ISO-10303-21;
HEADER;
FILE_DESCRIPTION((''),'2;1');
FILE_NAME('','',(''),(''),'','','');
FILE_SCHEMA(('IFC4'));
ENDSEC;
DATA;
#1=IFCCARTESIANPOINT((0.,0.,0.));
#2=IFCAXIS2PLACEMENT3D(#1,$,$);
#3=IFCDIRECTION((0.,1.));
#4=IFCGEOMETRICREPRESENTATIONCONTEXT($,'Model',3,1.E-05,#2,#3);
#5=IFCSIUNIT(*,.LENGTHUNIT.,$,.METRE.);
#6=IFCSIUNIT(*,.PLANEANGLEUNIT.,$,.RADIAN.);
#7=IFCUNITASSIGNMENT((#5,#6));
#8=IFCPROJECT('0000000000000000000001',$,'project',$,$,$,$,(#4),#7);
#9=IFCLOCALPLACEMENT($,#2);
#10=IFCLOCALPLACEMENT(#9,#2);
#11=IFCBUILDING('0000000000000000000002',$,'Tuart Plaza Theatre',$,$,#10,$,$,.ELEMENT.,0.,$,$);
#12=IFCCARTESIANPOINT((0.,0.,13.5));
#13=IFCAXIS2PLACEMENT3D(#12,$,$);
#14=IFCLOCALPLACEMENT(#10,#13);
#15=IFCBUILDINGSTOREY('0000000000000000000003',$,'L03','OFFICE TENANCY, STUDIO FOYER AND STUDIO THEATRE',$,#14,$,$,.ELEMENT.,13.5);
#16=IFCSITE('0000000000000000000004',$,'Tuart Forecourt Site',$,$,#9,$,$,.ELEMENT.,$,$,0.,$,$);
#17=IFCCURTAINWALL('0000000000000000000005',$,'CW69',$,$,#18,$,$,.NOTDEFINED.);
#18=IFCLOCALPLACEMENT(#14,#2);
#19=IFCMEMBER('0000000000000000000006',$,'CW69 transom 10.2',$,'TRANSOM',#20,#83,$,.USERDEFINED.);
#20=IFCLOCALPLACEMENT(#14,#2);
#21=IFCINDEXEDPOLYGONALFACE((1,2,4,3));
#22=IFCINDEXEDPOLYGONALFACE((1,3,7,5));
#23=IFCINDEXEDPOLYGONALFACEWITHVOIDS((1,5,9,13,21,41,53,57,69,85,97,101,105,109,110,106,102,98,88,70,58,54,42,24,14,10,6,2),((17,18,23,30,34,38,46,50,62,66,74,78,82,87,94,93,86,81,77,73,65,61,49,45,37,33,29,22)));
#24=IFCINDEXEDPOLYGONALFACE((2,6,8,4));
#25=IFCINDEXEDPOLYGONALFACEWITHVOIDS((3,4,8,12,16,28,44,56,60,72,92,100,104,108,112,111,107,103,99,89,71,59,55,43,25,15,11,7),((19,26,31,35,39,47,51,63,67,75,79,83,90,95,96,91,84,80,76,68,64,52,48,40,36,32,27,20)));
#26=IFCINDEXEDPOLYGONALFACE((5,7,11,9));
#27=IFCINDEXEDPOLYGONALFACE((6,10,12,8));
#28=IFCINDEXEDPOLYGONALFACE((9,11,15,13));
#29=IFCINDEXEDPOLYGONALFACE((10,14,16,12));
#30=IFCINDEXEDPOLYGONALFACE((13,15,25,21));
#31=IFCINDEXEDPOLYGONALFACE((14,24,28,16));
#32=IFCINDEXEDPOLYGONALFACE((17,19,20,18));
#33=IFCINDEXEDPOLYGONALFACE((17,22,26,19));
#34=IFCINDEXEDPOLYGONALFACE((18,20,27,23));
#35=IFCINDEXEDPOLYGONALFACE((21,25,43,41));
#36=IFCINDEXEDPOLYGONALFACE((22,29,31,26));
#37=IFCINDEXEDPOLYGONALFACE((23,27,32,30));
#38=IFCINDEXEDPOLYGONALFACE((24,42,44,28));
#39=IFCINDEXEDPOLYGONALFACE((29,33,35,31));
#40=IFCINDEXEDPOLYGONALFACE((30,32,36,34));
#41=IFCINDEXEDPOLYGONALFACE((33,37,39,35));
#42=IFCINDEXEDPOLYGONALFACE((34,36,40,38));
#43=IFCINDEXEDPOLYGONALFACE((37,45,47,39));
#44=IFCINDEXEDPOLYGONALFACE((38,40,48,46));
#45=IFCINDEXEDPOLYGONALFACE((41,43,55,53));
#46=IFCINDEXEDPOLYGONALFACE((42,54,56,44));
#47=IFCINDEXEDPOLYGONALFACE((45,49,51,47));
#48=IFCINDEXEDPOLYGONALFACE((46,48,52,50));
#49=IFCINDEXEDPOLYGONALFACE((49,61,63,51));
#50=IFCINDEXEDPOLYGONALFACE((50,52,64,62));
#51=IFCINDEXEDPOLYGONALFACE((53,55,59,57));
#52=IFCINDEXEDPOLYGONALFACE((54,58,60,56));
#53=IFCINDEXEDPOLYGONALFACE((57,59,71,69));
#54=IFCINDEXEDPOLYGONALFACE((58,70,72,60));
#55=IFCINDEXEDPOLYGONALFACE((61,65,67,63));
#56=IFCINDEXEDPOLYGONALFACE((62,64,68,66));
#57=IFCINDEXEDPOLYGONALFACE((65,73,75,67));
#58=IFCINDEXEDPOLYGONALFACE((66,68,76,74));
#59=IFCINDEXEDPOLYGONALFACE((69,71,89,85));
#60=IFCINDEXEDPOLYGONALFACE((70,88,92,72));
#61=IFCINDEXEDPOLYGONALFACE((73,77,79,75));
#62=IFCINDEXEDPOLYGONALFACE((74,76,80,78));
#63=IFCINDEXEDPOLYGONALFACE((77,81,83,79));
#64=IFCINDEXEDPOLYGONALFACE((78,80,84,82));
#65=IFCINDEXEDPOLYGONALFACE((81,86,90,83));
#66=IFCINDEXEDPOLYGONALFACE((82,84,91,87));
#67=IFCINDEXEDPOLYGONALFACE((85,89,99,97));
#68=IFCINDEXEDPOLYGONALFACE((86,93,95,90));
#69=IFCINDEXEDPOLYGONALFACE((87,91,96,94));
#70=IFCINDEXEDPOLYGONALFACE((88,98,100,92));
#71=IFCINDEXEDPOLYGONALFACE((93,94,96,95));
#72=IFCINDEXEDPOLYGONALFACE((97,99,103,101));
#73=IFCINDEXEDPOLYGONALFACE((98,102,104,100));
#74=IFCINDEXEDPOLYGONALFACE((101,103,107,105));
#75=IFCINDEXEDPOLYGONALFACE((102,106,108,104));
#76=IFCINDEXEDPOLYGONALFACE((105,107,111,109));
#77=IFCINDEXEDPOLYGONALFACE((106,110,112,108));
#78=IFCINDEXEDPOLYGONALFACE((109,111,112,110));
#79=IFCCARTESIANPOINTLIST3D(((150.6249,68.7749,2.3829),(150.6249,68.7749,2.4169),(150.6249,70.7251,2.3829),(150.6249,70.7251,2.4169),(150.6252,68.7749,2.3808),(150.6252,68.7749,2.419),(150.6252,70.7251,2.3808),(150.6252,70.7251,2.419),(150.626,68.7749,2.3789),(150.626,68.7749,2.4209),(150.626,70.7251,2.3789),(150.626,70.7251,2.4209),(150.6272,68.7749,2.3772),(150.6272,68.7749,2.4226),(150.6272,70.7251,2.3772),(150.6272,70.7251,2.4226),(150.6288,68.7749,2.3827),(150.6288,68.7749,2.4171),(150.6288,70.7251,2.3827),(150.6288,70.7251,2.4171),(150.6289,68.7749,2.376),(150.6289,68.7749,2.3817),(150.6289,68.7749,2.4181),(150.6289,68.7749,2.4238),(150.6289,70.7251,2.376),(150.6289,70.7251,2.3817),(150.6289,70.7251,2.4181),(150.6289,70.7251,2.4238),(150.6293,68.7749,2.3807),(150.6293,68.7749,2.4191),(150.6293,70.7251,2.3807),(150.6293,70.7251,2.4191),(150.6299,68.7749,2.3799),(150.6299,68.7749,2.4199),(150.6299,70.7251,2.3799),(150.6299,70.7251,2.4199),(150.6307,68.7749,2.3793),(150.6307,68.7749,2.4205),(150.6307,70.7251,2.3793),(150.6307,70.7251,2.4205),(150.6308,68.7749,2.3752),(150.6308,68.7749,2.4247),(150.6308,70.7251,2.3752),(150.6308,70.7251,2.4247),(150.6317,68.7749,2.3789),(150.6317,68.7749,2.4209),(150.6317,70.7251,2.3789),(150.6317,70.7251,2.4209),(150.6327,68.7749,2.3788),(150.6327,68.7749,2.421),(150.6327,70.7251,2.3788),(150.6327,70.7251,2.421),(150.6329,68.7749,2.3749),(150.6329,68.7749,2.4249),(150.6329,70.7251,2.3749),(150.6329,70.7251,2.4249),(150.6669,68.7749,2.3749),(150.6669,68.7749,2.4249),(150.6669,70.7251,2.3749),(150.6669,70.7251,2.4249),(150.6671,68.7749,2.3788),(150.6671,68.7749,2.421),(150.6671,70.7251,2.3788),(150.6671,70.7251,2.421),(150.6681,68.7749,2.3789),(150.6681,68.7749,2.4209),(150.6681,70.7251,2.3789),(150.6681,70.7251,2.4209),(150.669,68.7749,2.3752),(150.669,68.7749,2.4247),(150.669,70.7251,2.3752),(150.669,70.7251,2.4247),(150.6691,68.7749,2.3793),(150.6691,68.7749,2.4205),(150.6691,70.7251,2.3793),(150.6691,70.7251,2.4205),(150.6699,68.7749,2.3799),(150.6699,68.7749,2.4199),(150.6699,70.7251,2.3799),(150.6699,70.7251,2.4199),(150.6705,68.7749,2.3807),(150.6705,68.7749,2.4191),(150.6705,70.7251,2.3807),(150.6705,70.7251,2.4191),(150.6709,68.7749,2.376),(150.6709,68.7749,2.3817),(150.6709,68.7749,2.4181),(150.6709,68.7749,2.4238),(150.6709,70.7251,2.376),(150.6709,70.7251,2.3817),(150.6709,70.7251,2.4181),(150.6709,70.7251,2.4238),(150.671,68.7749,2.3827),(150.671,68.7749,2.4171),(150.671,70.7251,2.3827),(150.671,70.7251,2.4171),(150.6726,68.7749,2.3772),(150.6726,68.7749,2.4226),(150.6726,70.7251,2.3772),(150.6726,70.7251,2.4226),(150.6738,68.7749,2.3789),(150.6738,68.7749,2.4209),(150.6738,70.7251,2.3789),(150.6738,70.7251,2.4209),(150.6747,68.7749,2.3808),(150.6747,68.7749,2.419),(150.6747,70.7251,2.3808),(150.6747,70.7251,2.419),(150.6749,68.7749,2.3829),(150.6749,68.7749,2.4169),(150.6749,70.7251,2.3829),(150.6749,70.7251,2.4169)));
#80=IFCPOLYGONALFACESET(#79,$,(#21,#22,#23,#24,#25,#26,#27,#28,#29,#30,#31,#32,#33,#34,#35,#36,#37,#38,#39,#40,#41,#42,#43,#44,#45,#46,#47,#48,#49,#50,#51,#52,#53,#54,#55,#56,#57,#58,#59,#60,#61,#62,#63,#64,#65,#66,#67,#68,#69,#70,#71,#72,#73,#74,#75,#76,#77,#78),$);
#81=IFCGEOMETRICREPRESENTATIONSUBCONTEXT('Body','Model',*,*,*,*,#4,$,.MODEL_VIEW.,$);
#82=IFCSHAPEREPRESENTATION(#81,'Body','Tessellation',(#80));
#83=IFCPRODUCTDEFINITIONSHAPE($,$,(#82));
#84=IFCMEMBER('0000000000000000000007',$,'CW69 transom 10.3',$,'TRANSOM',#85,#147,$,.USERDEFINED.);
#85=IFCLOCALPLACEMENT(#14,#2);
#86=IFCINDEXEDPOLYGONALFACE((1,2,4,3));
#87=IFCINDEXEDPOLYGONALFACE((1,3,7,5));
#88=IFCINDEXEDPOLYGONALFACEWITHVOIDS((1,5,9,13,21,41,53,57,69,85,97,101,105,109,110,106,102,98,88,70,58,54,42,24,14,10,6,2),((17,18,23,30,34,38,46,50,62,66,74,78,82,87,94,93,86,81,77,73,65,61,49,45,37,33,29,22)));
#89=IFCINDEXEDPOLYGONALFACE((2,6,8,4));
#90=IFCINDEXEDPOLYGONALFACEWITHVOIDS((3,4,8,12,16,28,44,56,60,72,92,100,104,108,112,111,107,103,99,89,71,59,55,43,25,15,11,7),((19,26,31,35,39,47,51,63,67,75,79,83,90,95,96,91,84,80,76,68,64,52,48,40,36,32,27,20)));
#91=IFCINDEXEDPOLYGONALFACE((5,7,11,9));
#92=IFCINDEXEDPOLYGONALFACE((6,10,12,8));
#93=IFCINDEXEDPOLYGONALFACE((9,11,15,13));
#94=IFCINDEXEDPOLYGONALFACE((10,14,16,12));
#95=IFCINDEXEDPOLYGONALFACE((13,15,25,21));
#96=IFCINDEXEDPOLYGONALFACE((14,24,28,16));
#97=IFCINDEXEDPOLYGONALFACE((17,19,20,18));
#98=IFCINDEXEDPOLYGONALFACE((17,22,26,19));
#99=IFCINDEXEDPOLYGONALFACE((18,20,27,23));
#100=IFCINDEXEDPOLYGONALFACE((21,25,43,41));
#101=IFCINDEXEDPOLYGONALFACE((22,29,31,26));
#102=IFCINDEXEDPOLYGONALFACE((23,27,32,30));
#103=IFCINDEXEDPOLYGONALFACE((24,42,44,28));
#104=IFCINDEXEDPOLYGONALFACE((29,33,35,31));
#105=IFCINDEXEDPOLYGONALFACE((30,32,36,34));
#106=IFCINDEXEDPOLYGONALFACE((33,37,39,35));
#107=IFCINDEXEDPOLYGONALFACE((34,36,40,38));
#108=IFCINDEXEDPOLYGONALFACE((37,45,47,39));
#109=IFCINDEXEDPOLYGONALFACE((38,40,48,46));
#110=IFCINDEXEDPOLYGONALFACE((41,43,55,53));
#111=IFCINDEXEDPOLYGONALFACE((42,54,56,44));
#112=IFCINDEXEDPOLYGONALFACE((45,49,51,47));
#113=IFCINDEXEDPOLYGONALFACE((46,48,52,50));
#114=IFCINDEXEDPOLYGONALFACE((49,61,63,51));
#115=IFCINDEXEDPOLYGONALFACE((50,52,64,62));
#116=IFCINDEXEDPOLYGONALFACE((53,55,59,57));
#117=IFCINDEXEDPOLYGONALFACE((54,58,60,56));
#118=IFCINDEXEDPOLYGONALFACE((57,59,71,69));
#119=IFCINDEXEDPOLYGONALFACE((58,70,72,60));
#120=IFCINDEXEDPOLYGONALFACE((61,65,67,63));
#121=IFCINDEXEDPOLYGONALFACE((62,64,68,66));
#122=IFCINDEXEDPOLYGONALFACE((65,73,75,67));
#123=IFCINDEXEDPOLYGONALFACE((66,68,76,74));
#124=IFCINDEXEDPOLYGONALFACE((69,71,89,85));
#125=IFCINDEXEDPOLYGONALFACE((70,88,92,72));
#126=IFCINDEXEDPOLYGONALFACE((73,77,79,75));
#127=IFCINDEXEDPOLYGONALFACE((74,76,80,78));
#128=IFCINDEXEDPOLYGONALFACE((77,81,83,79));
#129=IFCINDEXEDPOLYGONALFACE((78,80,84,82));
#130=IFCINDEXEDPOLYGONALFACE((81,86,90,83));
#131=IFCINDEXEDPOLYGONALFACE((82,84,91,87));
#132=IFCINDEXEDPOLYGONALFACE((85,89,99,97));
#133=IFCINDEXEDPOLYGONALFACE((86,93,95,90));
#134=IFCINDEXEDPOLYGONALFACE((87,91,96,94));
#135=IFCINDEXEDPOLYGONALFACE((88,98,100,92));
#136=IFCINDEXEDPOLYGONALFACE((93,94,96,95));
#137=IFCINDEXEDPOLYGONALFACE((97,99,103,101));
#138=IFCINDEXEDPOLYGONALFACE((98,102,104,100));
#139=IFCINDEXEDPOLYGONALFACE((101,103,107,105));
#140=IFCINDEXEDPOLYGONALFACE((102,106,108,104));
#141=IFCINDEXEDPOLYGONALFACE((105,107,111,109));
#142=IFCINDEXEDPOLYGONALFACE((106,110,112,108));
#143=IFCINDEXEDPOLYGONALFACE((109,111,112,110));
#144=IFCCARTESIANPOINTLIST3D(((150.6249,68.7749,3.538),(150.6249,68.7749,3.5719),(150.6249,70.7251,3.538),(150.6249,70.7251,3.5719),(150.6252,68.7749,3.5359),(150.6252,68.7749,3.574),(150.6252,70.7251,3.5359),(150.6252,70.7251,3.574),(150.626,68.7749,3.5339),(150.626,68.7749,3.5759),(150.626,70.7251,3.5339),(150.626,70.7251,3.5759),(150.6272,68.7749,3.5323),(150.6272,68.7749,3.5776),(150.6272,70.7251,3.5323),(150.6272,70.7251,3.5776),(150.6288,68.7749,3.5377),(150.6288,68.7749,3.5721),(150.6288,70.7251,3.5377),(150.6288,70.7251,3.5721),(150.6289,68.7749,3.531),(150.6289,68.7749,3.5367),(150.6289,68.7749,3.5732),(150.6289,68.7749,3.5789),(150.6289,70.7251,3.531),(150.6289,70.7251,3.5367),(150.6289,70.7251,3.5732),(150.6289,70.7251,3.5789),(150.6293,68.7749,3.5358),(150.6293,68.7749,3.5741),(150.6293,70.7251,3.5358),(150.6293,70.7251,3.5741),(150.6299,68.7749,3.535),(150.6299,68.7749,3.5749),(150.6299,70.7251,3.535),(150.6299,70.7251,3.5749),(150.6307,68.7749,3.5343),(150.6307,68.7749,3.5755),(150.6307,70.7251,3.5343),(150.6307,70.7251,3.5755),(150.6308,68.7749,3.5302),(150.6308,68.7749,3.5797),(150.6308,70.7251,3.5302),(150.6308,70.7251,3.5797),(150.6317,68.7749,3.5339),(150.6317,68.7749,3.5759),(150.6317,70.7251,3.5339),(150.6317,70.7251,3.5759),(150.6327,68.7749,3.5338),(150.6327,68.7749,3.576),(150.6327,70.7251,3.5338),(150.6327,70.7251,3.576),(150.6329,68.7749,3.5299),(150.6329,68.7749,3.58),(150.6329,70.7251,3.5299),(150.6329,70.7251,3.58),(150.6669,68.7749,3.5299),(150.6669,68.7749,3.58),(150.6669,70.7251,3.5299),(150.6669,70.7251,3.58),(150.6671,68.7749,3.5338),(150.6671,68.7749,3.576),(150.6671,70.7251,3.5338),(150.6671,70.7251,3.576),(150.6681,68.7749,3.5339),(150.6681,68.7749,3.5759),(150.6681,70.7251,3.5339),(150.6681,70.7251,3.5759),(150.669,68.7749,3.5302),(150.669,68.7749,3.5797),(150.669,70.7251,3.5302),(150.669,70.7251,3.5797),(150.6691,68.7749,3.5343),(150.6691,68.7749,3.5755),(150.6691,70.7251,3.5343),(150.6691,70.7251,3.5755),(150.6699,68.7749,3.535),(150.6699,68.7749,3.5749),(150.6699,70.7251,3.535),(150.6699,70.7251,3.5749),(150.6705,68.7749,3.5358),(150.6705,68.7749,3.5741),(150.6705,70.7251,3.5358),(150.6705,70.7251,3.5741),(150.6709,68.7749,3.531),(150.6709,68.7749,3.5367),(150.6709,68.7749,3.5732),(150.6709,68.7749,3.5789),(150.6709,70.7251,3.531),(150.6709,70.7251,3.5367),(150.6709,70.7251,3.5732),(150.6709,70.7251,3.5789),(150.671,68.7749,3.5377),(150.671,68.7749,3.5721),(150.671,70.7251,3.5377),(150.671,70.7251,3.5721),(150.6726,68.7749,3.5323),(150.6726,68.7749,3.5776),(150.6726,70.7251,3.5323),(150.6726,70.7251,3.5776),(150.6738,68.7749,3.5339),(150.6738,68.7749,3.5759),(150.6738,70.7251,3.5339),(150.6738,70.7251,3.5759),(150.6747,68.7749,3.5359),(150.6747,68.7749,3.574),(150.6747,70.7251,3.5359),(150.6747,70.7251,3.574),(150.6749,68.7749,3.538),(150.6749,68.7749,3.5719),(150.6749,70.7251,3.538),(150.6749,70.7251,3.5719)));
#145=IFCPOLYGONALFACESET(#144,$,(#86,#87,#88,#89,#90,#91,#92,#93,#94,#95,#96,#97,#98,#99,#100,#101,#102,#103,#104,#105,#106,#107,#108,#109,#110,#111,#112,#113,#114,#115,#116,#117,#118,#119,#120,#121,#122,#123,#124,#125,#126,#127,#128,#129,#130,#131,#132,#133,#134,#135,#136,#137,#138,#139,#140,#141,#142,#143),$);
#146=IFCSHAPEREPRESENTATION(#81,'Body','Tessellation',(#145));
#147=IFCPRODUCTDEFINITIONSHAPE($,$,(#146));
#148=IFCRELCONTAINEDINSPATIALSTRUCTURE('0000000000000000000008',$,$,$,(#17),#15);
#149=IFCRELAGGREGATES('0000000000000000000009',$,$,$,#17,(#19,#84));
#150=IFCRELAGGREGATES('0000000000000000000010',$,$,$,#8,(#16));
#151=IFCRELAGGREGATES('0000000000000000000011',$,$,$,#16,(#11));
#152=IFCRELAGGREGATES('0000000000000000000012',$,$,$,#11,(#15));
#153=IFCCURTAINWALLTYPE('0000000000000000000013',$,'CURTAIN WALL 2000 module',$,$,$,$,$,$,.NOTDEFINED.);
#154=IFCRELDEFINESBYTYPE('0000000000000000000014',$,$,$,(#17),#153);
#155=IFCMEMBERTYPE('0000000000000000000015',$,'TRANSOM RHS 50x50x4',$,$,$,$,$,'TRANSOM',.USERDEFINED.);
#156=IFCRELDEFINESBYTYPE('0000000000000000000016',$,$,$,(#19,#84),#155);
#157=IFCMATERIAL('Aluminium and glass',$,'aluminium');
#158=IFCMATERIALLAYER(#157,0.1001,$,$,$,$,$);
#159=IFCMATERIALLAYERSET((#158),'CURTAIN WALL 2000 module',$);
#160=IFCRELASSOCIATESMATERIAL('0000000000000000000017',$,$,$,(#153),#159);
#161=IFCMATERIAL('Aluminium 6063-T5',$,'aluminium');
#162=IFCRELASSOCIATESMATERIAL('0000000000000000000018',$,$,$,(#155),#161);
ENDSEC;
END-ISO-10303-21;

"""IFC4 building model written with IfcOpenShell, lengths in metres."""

from ifc_helpers import new_model, si_unit, direction, frame, origin, origin_2d, place, context, subcontext, project, spatial, hollow_rectangle, extrude, material, layer, layer_set, material_profile, profile_set, type_object, element, aggregate, save


model = new_model("IFC4")

# Units and contexts
model_context = context("Model", 3, precision=1e-05, world=origin(), true_north=direction((0.0, 1.0)))
body_context = subcontext(model_context, "Body", "Model", "MODEL_VIEW")
ifc_project = project(units=[si_unit("LENGTHUNIT", "METRE"), si_unit("PLANEANGLEUNIT", "RADIAN")], contexts=[model_context])

# Site, building, storey
site_placement = place(None, origin())
site = spatial("IfcSite", under=ifc_project, at=site_placement, Name="Tuart Forecourt Site", CompositionType="ELEMENT", RefElevation=0.0)
building_placement = place(site_placement, origin())
building = spatial("IfcBuilding", under=site, at=building_placement, Name="Tuart Plaza Theatre", CompositionType="ELEMENT", ElevationOfRefHeight=0.0)
storey_placement = place(building_placement, frame((0.0, 0.0, 13.5)))
storey = spatial("IfcBuildingStorey", under=building, at=storey_placement, Name="L03", Description="OFFICE TENANCY, STUDIO FOYER AND STUDIO THEATRE", CompositionType="ELEMENT", Elevation=13.5)

# Curtain wall, members
ifc_material_1 = material(Name="Aluminium and glass", Category="aluminium")
ifc_layer_1 = layer(ifc_material_1, 0.1001)
ifc_layer_set_1 = layer_set([ifc_layer_1], Name="CURTAIN WALL 2000 module")
curtain_wall_type = type_object("IfcCurtainWallType", Name="CURTAIN WALL 2000 module", PredefinedType="NOTDEFINED", material=ifc_layer_set_1)
curtain_wall_placement = place(storey_placement, origin())
curtain_wall = element("IfcCurtainWall", 1, at=curtain_wall_placement, inside=storey, type_object=curtain_wall_type, Name="CW69", PredefinedType="NOTDEFINED")
ifc_material_2 = material(Name="Aluminium 6063-T5", Category="aluminium")
ifc_material_profile_1 = material_profile(ifc_material_2, hollow_rectangle(XDim=0.05, YDim=0.05, WallThickness=0.0039, InnerFilletRadius=0.0039, OuterFilletRadius=0.0081, at=origin_2d()), Name="RHS 50x50x4")
ifc_profile_set_1 = profile_set([ifc_material_profile_1], Name="Aluminium 6063-T5")
member_type_1 = type_object("IfcMemberType", Name="TRANSOM RHS 50x50x4", ElementType="TRANSOM", PredefinedType="USERDEFINED", material=ifc_profile_set_1)
member_1_placement = place(storey_placement, frame((150.6499, 68.7749, 2.3999), z_axis=(0.0, 1.0, 0.0), x_axis=(-1.0, 0.0, 0.0)))
member_1 = element("IfcMember", 2, at=member_1_placement, type_object=member_type_1, Name="CW69 transom 10.2", ObjectType="TRANSOM", PredefinedType="USERDEFINED", context=body_context, shape_type="SweptSolid", body=[
    extrude(hollow_rectangle(XDim=0.05, YDim=0.05, WallThickness=0.0039, InnerFilletRadius=0.0039, OuterFilletRadius=0.0081, at=origin_2d()), origin(), (0.0, 0.0, 1.0), 1.9502),
])
member_2_placement = place(storey_placement, frame((150.6499, 68.7749, 3.5549), z_axis=(0.0, 1.0, 0.0), x_axis=(-1.0, 0.0, 0.0)))
member_2 = element("IfcMember", 3, at=member_2_placement, type_object=member_type_1, Name="CW69 transom 10.3", ObjectType="TRANSOM", PredefinedType="USERDEFINED", context=body_context, shape_type="SweptSolid", body=[
    extrude(hollow_rectangle(XDim=0.05, YDim=0.05, WallThickness=0.0039, InnerFilletRadius=0.0039, OuterFilletRadius=0.0081, at=origin_2d()), origin(), (0.0, 0.0, 1.0), 1.9502),
])
aggregate(curtain_wall, [member_1, member_2])

save(model, "model.ifc")
